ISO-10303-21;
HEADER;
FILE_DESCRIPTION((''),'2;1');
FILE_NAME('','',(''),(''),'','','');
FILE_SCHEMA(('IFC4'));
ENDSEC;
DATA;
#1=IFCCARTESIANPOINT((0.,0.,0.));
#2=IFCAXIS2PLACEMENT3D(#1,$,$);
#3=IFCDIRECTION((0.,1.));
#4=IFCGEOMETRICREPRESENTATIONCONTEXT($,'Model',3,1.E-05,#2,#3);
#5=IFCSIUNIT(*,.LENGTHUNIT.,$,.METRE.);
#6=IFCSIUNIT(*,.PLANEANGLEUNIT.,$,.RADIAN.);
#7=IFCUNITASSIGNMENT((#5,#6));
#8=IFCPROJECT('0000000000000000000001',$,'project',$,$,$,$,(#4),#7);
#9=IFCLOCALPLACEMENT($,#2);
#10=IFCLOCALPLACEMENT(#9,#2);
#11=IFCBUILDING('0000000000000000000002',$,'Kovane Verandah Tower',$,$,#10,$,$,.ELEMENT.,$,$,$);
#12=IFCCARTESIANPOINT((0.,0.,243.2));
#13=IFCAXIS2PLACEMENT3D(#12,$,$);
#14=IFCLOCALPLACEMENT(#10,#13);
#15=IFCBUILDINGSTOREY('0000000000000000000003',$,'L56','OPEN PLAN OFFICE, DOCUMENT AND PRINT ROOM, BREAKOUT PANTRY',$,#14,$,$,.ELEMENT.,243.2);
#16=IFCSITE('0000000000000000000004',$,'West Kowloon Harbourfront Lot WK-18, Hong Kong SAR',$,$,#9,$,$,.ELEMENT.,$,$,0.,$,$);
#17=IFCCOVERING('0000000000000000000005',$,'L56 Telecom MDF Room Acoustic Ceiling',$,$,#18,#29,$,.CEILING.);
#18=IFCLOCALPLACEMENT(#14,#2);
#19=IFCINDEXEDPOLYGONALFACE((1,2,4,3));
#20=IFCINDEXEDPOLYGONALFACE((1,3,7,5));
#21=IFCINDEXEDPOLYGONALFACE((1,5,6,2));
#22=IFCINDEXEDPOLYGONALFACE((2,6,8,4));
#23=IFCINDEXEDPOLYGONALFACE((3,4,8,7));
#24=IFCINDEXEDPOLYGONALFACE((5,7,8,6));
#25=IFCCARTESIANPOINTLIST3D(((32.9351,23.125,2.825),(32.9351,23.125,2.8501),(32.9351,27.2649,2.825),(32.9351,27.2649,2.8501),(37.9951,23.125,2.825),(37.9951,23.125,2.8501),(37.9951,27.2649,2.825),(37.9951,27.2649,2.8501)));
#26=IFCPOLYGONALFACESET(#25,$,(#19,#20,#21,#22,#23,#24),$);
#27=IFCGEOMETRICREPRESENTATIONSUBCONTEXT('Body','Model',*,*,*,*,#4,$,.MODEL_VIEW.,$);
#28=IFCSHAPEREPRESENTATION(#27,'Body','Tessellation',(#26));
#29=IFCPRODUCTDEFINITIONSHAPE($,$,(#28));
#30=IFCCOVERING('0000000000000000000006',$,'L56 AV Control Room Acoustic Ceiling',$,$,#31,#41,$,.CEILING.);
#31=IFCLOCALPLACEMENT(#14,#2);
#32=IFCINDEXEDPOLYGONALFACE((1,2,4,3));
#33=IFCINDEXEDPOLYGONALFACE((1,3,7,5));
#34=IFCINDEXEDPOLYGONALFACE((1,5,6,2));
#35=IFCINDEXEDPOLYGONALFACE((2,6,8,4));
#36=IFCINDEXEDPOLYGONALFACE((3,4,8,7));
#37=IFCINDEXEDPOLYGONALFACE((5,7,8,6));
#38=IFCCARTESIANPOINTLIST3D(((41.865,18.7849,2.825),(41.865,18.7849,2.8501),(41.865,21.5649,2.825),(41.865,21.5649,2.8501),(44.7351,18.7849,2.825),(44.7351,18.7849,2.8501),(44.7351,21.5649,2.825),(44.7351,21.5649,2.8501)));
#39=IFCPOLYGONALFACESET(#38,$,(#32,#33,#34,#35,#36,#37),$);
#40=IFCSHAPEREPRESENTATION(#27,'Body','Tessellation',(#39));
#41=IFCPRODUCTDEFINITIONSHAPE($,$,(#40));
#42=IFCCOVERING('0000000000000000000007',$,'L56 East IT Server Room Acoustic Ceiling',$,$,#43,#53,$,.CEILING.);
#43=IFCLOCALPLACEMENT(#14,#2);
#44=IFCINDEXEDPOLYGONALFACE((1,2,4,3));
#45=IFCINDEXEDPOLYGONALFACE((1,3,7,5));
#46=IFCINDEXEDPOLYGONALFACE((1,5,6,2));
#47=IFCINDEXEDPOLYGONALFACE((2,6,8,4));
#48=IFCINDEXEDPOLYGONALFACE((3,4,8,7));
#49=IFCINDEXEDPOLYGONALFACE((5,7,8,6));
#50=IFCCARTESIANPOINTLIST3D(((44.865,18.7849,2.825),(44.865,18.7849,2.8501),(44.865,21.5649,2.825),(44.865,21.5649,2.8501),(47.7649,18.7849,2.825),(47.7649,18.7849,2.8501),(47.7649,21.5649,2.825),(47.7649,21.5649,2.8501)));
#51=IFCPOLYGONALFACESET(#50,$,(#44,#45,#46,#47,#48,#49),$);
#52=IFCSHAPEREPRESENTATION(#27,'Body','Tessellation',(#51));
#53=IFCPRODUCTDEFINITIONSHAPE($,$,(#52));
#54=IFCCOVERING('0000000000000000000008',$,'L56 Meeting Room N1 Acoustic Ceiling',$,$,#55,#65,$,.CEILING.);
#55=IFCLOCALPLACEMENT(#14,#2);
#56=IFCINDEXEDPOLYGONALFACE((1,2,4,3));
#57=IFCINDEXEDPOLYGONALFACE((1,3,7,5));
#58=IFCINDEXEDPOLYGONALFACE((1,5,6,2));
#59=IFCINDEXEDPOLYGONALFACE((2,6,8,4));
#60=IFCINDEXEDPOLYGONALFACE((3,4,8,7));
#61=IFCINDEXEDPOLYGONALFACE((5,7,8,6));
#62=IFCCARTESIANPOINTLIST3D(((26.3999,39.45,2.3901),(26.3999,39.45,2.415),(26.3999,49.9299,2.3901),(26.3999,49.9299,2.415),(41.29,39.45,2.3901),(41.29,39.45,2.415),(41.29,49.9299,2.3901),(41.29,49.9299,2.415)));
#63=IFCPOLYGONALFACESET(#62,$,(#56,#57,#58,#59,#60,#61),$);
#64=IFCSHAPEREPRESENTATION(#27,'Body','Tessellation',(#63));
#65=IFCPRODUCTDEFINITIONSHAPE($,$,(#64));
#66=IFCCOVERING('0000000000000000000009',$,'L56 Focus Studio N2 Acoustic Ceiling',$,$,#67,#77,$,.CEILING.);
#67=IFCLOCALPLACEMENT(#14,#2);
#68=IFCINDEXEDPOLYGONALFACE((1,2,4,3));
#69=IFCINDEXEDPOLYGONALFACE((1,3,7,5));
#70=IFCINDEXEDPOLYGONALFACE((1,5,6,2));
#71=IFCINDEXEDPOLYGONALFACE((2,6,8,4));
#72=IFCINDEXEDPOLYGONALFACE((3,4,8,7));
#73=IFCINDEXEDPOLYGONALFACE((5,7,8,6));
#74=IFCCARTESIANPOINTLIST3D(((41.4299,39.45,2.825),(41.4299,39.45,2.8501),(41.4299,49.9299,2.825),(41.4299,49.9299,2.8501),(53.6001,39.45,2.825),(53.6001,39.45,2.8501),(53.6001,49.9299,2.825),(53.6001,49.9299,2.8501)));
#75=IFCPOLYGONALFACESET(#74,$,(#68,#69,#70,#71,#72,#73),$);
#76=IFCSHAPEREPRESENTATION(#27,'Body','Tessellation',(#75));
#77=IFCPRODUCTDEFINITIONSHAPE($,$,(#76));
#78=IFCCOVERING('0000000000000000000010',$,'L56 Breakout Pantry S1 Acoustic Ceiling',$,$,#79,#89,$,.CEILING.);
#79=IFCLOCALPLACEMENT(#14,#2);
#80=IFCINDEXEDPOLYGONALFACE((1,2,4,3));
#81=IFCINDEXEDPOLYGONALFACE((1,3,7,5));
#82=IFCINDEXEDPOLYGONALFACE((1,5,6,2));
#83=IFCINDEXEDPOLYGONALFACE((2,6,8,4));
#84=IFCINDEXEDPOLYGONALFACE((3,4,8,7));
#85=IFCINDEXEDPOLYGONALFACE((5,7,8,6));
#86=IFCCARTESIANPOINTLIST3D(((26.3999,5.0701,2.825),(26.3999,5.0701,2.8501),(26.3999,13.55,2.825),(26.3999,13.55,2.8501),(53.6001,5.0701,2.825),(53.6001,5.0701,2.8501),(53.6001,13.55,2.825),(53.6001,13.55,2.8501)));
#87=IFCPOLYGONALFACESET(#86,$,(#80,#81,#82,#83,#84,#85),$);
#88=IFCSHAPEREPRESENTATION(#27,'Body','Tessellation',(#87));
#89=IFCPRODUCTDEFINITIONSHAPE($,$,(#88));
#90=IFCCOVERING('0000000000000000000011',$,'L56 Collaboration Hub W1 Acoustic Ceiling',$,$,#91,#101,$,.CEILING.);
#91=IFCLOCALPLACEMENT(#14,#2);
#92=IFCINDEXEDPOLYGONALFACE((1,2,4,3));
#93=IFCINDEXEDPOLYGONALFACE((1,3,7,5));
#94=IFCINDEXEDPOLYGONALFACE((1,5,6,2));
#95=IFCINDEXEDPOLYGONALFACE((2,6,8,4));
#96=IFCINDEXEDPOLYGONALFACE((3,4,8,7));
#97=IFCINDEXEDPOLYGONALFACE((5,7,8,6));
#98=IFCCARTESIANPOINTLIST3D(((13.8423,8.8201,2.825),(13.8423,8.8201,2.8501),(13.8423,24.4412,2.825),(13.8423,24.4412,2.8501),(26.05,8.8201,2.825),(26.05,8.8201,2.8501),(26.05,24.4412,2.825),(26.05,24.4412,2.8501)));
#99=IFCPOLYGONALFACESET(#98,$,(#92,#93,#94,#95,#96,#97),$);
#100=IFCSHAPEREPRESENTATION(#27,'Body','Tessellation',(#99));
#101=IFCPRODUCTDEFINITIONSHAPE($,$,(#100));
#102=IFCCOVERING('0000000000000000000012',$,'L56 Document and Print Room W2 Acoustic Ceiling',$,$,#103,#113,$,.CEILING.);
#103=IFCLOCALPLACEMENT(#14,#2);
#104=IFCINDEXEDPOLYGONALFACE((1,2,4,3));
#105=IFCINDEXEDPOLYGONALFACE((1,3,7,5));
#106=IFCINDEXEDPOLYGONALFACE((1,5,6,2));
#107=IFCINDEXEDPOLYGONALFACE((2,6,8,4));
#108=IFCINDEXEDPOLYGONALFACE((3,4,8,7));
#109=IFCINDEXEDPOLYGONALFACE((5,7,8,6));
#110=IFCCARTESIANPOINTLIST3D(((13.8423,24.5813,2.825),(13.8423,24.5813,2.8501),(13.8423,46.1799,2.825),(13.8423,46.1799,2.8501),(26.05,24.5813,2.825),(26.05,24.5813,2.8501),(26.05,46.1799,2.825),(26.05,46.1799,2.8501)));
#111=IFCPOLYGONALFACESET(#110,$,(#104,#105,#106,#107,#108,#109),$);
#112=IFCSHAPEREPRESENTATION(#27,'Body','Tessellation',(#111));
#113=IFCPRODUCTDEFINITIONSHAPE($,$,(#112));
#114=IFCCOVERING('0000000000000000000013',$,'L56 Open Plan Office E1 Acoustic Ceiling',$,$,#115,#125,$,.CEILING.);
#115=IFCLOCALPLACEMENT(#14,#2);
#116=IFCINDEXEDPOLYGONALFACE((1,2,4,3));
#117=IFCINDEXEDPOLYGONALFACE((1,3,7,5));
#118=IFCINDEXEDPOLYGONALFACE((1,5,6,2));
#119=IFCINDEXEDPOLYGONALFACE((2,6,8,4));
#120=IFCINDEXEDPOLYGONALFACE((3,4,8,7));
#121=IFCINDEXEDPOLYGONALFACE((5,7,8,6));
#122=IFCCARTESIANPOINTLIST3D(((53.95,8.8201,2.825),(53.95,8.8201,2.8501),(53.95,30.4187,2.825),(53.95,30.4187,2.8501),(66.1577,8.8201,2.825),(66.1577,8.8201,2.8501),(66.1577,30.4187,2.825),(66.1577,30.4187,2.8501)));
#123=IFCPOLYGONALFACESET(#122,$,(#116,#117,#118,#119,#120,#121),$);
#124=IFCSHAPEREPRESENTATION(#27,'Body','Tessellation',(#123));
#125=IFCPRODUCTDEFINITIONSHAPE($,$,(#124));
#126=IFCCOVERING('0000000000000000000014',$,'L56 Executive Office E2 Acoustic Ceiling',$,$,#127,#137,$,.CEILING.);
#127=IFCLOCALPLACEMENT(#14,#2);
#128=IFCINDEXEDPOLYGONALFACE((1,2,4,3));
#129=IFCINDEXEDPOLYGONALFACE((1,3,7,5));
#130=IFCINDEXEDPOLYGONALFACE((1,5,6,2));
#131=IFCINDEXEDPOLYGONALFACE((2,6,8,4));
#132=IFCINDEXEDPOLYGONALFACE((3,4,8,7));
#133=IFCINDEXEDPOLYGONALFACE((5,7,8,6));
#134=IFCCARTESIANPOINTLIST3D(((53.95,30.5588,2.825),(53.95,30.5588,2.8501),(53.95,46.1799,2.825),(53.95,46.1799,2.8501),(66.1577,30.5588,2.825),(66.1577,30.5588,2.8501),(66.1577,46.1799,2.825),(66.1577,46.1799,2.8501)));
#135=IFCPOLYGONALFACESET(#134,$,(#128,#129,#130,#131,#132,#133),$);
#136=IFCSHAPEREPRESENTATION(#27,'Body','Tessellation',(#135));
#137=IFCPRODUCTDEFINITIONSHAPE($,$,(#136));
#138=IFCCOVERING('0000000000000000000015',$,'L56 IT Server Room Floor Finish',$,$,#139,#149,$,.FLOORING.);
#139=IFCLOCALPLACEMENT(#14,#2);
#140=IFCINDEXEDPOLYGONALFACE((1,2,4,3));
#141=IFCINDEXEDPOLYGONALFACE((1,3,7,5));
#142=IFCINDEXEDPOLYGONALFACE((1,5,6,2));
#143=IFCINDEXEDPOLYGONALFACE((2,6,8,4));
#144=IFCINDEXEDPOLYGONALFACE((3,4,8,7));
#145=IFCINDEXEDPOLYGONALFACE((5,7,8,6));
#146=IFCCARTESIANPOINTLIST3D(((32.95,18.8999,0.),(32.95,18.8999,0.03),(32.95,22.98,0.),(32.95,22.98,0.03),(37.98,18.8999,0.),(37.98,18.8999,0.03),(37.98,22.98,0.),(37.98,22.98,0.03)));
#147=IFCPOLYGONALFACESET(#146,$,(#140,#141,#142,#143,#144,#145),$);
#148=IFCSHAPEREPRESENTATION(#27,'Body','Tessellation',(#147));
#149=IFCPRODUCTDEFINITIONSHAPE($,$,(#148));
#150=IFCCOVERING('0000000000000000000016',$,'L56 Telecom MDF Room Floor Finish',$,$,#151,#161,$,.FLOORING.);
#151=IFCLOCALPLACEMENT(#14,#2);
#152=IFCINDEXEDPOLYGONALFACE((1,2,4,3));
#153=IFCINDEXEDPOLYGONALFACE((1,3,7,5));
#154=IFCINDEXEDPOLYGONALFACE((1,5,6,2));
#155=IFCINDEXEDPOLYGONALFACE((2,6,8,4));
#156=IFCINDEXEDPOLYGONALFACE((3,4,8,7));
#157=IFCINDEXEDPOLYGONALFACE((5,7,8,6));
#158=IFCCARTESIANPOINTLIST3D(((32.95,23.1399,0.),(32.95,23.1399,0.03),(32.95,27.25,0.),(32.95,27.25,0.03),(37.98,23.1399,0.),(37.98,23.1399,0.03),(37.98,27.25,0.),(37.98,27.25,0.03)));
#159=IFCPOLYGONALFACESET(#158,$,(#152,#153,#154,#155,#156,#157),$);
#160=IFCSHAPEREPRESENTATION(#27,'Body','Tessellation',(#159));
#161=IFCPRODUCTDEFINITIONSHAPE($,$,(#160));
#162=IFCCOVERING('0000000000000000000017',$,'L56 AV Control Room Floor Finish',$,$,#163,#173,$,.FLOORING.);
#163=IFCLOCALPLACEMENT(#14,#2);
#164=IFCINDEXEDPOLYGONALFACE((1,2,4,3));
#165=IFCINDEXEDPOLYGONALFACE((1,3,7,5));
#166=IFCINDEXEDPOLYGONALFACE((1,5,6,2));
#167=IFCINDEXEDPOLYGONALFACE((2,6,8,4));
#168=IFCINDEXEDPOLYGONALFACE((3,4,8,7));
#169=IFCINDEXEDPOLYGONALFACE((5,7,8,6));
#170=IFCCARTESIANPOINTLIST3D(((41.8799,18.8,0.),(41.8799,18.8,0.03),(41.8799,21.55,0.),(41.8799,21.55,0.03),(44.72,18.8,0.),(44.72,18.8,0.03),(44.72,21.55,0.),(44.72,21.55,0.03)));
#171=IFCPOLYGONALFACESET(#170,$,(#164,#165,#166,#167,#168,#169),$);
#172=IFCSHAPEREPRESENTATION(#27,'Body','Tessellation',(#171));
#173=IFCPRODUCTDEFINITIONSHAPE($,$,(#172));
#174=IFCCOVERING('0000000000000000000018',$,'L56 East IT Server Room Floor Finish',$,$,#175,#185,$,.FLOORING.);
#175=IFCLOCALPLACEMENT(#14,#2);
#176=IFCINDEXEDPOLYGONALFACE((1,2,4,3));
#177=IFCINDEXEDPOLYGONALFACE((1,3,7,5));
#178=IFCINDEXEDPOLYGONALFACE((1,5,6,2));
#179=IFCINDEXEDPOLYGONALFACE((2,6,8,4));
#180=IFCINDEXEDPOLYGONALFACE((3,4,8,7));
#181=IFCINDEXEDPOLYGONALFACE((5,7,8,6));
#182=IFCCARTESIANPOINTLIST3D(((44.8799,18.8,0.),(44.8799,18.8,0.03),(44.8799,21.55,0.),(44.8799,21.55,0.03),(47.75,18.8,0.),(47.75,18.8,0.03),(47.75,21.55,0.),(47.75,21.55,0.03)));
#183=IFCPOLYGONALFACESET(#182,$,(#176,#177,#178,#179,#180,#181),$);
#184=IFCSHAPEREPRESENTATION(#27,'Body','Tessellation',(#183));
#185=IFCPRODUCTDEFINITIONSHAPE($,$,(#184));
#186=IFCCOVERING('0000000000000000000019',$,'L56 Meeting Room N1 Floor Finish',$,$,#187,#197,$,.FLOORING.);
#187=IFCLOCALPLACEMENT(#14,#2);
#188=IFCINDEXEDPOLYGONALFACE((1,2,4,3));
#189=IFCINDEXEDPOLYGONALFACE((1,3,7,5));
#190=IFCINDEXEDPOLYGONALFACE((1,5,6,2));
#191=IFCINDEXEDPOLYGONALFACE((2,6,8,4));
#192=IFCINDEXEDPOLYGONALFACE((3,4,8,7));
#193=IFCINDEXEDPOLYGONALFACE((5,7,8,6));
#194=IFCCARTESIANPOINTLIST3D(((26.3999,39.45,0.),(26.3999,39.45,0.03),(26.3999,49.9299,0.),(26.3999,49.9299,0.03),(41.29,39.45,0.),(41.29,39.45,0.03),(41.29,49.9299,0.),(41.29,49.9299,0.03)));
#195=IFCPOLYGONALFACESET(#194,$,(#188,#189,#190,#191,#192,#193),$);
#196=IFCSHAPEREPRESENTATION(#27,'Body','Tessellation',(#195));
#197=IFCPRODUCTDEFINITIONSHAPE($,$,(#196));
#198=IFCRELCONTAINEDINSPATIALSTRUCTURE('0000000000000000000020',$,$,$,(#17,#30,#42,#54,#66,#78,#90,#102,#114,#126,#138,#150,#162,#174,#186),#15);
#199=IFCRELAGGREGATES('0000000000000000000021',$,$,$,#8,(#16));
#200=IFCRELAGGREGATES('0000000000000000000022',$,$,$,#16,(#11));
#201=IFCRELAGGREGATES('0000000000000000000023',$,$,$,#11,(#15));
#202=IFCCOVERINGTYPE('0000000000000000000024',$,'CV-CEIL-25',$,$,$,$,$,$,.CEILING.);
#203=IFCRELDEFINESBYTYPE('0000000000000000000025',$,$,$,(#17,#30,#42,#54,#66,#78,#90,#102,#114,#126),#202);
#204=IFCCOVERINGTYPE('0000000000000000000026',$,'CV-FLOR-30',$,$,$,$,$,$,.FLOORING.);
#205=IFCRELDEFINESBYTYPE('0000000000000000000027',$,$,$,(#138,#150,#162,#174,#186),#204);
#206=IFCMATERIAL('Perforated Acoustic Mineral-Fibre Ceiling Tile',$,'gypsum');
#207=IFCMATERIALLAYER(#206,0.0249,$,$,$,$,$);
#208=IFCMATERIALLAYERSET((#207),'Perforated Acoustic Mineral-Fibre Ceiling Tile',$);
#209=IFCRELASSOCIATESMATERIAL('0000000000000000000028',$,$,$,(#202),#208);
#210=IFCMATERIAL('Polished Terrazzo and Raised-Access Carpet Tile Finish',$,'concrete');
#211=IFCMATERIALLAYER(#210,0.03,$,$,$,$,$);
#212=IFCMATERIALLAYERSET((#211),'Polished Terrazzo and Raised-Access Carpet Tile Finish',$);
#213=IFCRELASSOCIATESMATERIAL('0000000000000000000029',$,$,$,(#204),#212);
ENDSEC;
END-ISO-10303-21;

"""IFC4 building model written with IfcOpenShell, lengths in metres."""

from ifc_helpers import new_model, si_unit, direction, frame, origin, place, context, subcontext, project, spatial, polyline, outline, extrude, material, layer, layer_set, type_object, element, save


model = new_model("IFC4")

# Units and contexts
model_context = context("Model", 3, precision=1e-05, world=origin(), true_north=direction((0.0, 1.0)))
body_context = subcontext(model_context, "Body", "Model", "MODEL_VIEW")
ifc_project = project(units=[si_unit("LENGTHUNIT", "METRE"), si_unit("PLANEANGLEUNIT", "RADIAN")], contexts=[model_context])

# Site, building, storey
site_placement = place(None, origin())
site = spatial("IfcSite", under=ifc_project, at=site_placement, Name="West Kowloon Harbourfront Lot WK-18, Hong Kong SAR", CompositionType="ELEMENT", RefElevation=0.0)
building_placement = place(site_placement, origin())
building = spatial("IfcBuilding", under=site, at=building_placement, Name="Kovane Verandah Tower", CompositionType="ELEMENT")
storey_placement = place(building_placement, frame((0.0, 0.0, 243.2)))
storey = spatial("IfcBuildingStorey", under=building, at=storey_placement, Name="L56", Description="OPEN PLAN OFFICE, DOCUMENT AND PRINT ROOM, BREAKOUT PANTRY", CompositionType="ELEMENT", Elevation=243.2)

# Coverings
ifc_material_1 = material(Name="Perforated Acoustic Mineral-Fibre Ceiling Tile", Category="gypsum")
ifc_layer_1 = layer(ifc_material_1, 0.0249)
ifc_layer_set_1 = layer_set([ifc_layer_1], Name="Perforated Acoustic Mineral-Fibre Ceiling Tile")
covering_type_1 = type_object("IfcCoveringType", Name="CV-CEIL-25", PredefinedType="CEILING", material=ifc_layer_set_1)
covering_1_placement = place(storey_placement, frame((0.0, 0.0, 2.825)))
element("IfcCovering", 1, at=covering_1_placement, inside=storey, type_object=covering_type_1, Name="L56 Telecom MDF Room Acoustic Ceiling", PredefinedType="CEILING", context=body_context, shape_type="SweptSolid", body=[
    extrude(outline(polyline([(32.9351, 23.125), (37.9951, 23.125), (37.9951, 27.2649), (32.9351, 27.2649), (32.9351, 23.125)])), origin(), (0.0, 0.0, 1.0), 0.0251),
])
covering_2_placement = place(storey_placement, frame((0.0, 0.0, 2.825)))
element("IfcCovering", 2, at=covering_2_placement, inside=storey, type_object=covering_type_1, Name="L56 AV Control Room Acoustic Ceiling", PredefinedType="CEILING", context=body_context, shape_type="SweptSolid", body=[
    extrude(outline(polyline([(41.865, 18.7849), (44.7351, 18.7849), (44.7351, 21.5649), (41.865, 21.5649), (41.865, 18.7849)])), origin(), (0.0, 0.0, 1.0), 0.0251),
])
covering_3_placement = place(storey_placement, frame((0.0, 0.0, 2.825)))
element("IfcCovering", 3, at=covering_3_placement, inside=storey, type_object=covering_type_1, Name="L56 East IT Server Room Acoustic Ceiling", PredefinedType="CEILING", context=body_context, shape_type="SweptSolid", body=[
    extrude(outline(polyline([(44.865, 18.7849), (47.7649, 18.7849), (47.7649, 21.5649), (44.865, 21.5649), (44.865, 18.7849)])), origin(), (0.0, 0.0, 1.0), 0.0251),
])
covering_4_placement = place(storey_placement, frame((0.0, 0.0, 2.3901)))
element("IfcCovering", 4, at=covering_4_placement, inside=storey, type_object=covering_type_1, Name="L56 Meeting Room N1 Acoustic Ceiling", PredefinedType="CEILING", context=body_context, shape_type="SweptSolid", body=[
    extrude(outline(polyline([(26.3999, 39.45), (41.29, 39.45), (41.29, 49.9299), (26.3999, 49.9299), (26.3999, 39.45)])), origin(), (0.0, 0.0, 1.0), 0.0249),
])
covering_5_placement = place(storey_placement, frame((0.0, 0.0, 2.825)))
element("IfcCovering", 5, at=covering_5_placement, inside=storey, type_object=covering_type_1, Name="L56 Focus Studio N2 Acoustic Ceiling", PredefinedType="CEILING", context=body_context, shape_type="SweptSolid", body=[
    extrude(outline(polyline([(41.4299, 39.45), (53.6001, 39.45), (53.6001, 49.9299), (41.4299, 49.9299), (41.4299, 39.45)])), origin(), (0.0, 0.0, 1.0), 0.0251),
])
covering_6_placement = place(storey_placement, frame((0.0, 0.0, 2.825)))
element("IfcCovering", 6, at=covering_6_placement, inside=storey, type_object=covering_type_1, Name="L56 Breakout Pantry S1 Acoustic Ceiling", PredefinedType="CEILING", context=body_context, shape_type="SweptSolid", body=[
    extrude(outline(polyline([(26.3999, 5.0701), (53.6001, 5.0701), (53.6001, 13.55), (26.3999, 13.55), (26.3999, 5.0701)])), origin(), (0.0, 0.0, 1.0), 0.0251),
])
covering_7_placement = place(storey_placement, frame((0.0, 0.0, 2.825)))
element("IfcCovering", 7, at=covering_7_placement, inside=storey, type_object=covering_type_1, Name="L56 Collaboration Hub W1 Acoustic Ceiling", PredefinedType="CEILING", context=body_context, shape_type="SweptSolid", body=[
    extrude(outline(polyline([(13.8423, 8.8201), (26.05, 8.8201), (26.05, 24.4412), (13.8423, 24.4412), (13.8423, 8.8201)])), origin(), (0.0, 0.0, 1.0), 0.0251),
])
covering_8_placement = place(storey_placement, frame((0.0, 0.0, 2.825)))
element("IfcCovering", 8, at=covering_8_placement, inside=storey, type_object=covering_type_1, Name="L56 Document and Print Room W2 Acoustic Ceiling", PredefinedType="CEILING", context=body_context, shape_type="SweptSolid", body=[
    extrude(outline(polyline([(13.8423, 24.5813), (26.05, 24.5813), (26.05, 46.1799), (13.8423, 46.1799), (13.8423, 24.5813)])), origin(), (0.0, 0.0, 1.0), 0.0251),
])
covering_9_placement = place(storey_placement, frame((0.0, 0.0, 2.825)))
element("IfcCovering", 9, at=covering_9_placement, inside=storey, type_object=covering_type_1, Name="L56 Open Plan Office E1 Acoustic Ceiling", PredefinedType="CEILING", context=body_context, shape_type="SweptSolid", body=[
    extrude(outline(polyline([(53.95, 8.8201), (66.1577, 8.8201), (66.1577, 30.4187), (53.95, 30.4187), (53.95, 8.8201)])), origin(), (0.0, 0.0, 1.0), 0.0251),
])
covering_10_placement = place(storey_placement, frame((0.0, 0.0, 2.825)))
element("IfcCovering", 10, at=covering_10_placement, inside=storey, type_object=covering_type_1, Name="L56 Executive Office E2 Acoustic Ceiling", PredefinedType="CEILING", context=body_context, shape_type="SweptSolid", body=[
    extrude(outline(polyline([(53.95, 30.5588), (66.1577, 30.5588), (66.1577, 46.1799), (53.95, 46.1799), (53.95, 30.5588)])), origin(), (0.0, 0.0, 1.0), 0.0251),
])
ifc_material_2 = material(Name="Polished Terrazzo and Raised-Access Carpet Tile Finish", Category="concrete")
ifc_layer_2 = layer(ifc_material_2, 0.03)
ifc_layer_set_2 = layer_set([ifc_layer_2], Name="Polished Terrazzo and Raised-Access Carpet Tile Finish")
covering_type_2 = type_object("IfcCoveringType", Name="CV-FLOR-30", PredefinedType="FLOORING", material=ifc_layer_set_2)
covering_11_placement = place(storey_placement, origin())
element("IfcCovering", 11, at=covering_11_placement, inside=storey, type_object=covering_type_2, Name="L56 IT Server Room Floor Finish", PredefinedType="FLOORING", context=body_context, shape_type="SweptSolid", body=[
    extrude(outline(polyline([(32.95, 18.8999), (37.98, 18.8999), (37.98, 22.98), (32.95, 22.98), (32.95, 18.8999)])), origin(), (0.0, 0.0, 1.0), 0.03),
])
covering_12_placement = place(storey_placement, origin())
element("IfcCovering", 12, at=covering_12_placement, inside=storey, type_object=covering_type_2, Name="L56 Telecom MDF Room Floor Finish", PredefinedType="FLOORING", context=body_context, shape_type="SweptSolid", body=[
    extrude(outline(polyline([(32.95, 23.1399), (37.98, 23.1399), (37.98, 27.25), (32.95, 27.25), (32.95, 23.1399)])), origin(), (0.0, 0.0, 1.0), 0.03),
])
covering_13_placement = place(storey_placement, origin())
element("IfcCovering", 13, at=covering_13_placement, inside=storey, type_object=covering_type_2, Name="L56 AV Control Room Floor Finish", PredefinedType="FLOORING", context=body_context, shape_type="SweptSolid", body=[
    extrude(outline(polyline([(41.8799, 18.8), (44.72, 18.8), (44.72, 21.55), (41.8799, 21.55), (41.8799, 18.8)])), origin(), (0.0, 0.0, 1.0), 0.03),
])
covering_14_placement = place(storey_placement, origin())
element("IfcCovering", 14, at=covering_14_placement, inside=storey, type_object=covering_type_2, Name="L56 East IT Server Room Floor Finish", PredefinedType="FLOORING", context=body_context, shape_type="SweptSolid", body=[
    extrude(outline(polyline([(44.8799, 18.8), (47.75, 18.8), (47.75, 21.55), (44.8799, 21.55), (44.8799, 18.8)])), origin(), (0.0, 0.0, 1.0), 0.03),
])
covering_15_placement = place(storey_placement, origin())
element("IfcCovering", 15, at=covering_15_placement, inside=storey, type_object=covering_type_2, Name="L56 Meeting Room N1 Floor Finish", PredefinedType="FLOORING", context=body_context, shape_type="SweptSolid", body=[
    extrude(outline(polyline([(26.3999, 39.45), (41.29, 39.45), (41.29, 49.9299), (26.3999, 49.9299), (26.3999, 39.45)])), origin(), (0.0, 0.0, 1.0), 0.03),
])

save(model, "model.ifc")
